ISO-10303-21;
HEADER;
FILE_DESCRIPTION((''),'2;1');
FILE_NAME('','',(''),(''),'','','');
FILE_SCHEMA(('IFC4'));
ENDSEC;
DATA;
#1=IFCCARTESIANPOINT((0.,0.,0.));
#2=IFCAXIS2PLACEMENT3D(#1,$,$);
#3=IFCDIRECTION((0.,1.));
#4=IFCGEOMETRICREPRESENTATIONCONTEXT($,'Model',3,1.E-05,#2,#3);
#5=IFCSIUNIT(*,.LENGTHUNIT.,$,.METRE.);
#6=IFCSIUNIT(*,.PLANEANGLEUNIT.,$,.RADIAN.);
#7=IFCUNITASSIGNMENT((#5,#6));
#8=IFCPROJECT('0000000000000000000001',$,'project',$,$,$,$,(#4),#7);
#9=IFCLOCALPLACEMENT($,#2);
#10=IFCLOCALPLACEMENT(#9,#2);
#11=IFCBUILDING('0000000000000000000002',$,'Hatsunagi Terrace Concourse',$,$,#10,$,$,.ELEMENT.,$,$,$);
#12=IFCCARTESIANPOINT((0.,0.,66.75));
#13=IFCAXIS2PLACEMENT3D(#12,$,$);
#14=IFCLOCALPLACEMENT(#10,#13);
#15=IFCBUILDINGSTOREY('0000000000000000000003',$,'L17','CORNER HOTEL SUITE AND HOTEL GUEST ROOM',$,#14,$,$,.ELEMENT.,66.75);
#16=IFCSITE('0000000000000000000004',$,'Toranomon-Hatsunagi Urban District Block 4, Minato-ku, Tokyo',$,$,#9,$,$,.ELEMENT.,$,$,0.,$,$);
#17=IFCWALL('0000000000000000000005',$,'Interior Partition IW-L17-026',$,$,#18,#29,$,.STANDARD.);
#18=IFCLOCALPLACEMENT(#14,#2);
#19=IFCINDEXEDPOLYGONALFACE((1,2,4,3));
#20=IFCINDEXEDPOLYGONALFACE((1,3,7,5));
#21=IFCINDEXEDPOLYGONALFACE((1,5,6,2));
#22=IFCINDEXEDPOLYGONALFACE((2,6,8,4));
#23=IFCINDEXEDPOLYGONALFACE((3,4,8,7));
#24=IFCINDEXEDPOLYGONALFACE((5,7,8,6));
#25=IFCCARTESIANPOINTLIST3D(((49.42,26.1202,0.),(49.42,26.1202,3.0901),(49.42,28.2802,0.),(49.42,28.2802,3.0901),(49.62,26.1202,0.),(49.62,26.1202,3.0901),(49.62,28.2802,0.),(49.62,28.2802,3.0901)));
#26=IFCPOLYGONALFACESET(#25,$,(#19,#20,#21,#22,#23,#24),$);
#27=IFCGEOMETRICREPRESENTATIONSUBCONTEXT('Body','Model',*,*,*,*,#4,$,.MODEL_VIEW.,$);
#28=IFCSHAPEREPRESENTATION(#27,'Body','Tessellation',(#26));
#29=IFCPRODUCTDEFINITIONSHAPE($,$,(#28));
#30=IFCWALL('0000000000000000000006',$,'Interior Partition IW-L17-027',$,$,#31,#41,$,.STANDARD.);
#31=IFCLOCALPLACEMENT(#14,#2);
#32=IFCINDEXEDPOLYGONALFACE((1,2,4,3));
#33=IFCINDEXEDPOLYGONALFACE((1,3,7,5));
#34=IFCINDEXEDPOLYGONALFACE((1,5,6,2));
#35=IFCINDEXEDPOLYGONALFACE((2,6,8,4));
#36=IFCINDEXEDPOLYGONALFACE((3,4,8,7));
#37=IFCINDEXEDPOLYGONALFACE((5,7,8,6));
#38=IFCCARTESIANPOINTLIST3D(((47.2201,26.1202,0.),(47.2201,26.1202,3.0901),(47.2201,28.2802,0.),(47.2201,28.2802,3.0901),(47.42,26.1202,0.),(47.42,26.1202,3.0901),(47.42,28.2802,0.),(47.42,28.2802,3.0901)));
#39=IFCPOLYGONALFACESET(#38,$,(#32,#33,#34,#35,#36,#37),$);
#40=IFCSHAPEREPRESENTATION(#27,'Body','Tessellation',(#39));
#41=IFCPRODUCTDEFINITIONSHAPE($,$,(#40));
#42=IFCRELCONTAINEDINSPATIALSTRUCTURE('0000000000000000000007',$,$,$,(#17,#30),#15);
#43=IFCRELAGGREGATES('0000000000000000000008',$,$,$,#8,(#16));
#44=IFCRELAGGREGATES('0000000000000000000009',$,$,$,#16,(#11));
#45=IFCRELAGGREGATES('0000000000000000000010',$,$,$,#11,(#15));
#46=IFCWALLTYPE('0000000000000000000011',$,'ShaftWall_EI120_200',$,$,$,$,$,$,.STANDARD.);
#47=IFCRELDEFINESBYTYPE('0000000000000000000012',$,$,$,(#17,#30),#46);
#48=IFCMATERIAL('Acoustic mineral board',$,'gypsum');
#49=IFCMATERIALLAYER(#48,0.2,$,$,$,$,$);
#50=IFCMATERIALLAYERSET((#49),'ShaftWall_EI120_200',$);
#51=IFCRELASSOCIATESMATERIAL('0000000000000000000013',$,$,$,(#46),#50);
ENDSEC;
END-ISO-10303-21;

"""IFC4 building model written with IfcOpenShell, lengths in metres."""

from ifc_helpers import new_model, si_unit, direction, frame, frame_2d, origin, place, context, subcontext, project, spatial, rectangle, extrude, material, layer, layer_set, type_object, element, save


model = new_model("IFC4")

# Units and contexts
model_context = context("Model", 3, precision=1e-05, world=origin(), true_north=direction((0.0, 1.0)))
body_context = subcontext(model_context, "Body", "Model", "MODEL_VIEW")
ifc_project = project(units=[si_unit("LENGTHUNIT", "METRE"), si_unit("PLANEANGLEUNIT", "RADIAN")], contexts=[model_context])

# Site, building, storey
site_placement = place(None, origin())
site = spatial("IfcSite", under=ifc_project, at=site_placement, Name="Toranomon-Hatsunagi Urban District Block 4, Minato-ku, Tokyo", CompositionType="ELEMENT", RefElevation=0.0)
building_placement = place(site_placement, origin())
building = spatial("IfcBuilding", under=site, at=building_placement, Name="Hatsunagi Terrace Concourse", CompositionType="ELEMENT")
storey_placement = place(building_placement, frame((0.0, 0.0, 66.75)))
storey = spatial("IfcBuildingStorey", under=building, at=storey_placement, Name="L17", Description="CORNER HOTEL SUITE AND HOTEL GUEST ROOM", CompositionType="ELEMENT", Elevation=66.75)

# Walls
ifc_material_1 = material(Name="Acoustic mineral board", Category="gypsum")
ifc_layer_1 = layer(ifc_material_1, 0.2)
ifc_layer_set_1 = layer_set([ifc_layer_1], Name="ShaftWall_EI120_200")
wall_type_1 = type_object("IfcWallType", Name="ShaftWall_EI120_200", PredefinedType="STANDARD", material=ifc_layer_set_1)
for number, where, z_axis, x_axis, name in (
    (1, (49.52, 26.1201, 0.0), (0.0, 0.0, 1.0), (0.0, 1.0, 0.0), "Interior Partition IW-L17-026"),
    (2, (47.3201, 26.1201, 0.0), (0.0, 0.0, 1.0), (0.0, 1.0, 0.0), "Interior Partition IW-L17-027"),
):
    element("IfcWall", number, at=place(storey_placement, frame(where, z_axis=z_axis, x_axis=x_axis)), inside=storey, type_object=wall_type_1, Name=name, PredefinedType="STANDARD", context=body_context, shape_type="SweptSolid", body=[
        extrude(rectangle(XDim=2.1599, YDim=0.2, at=frame_2d((1.0801, 0.0))), origin(), (0.0, 0.0, 1.0), 3.0901),
    ])

save(model, "model.ifc")
